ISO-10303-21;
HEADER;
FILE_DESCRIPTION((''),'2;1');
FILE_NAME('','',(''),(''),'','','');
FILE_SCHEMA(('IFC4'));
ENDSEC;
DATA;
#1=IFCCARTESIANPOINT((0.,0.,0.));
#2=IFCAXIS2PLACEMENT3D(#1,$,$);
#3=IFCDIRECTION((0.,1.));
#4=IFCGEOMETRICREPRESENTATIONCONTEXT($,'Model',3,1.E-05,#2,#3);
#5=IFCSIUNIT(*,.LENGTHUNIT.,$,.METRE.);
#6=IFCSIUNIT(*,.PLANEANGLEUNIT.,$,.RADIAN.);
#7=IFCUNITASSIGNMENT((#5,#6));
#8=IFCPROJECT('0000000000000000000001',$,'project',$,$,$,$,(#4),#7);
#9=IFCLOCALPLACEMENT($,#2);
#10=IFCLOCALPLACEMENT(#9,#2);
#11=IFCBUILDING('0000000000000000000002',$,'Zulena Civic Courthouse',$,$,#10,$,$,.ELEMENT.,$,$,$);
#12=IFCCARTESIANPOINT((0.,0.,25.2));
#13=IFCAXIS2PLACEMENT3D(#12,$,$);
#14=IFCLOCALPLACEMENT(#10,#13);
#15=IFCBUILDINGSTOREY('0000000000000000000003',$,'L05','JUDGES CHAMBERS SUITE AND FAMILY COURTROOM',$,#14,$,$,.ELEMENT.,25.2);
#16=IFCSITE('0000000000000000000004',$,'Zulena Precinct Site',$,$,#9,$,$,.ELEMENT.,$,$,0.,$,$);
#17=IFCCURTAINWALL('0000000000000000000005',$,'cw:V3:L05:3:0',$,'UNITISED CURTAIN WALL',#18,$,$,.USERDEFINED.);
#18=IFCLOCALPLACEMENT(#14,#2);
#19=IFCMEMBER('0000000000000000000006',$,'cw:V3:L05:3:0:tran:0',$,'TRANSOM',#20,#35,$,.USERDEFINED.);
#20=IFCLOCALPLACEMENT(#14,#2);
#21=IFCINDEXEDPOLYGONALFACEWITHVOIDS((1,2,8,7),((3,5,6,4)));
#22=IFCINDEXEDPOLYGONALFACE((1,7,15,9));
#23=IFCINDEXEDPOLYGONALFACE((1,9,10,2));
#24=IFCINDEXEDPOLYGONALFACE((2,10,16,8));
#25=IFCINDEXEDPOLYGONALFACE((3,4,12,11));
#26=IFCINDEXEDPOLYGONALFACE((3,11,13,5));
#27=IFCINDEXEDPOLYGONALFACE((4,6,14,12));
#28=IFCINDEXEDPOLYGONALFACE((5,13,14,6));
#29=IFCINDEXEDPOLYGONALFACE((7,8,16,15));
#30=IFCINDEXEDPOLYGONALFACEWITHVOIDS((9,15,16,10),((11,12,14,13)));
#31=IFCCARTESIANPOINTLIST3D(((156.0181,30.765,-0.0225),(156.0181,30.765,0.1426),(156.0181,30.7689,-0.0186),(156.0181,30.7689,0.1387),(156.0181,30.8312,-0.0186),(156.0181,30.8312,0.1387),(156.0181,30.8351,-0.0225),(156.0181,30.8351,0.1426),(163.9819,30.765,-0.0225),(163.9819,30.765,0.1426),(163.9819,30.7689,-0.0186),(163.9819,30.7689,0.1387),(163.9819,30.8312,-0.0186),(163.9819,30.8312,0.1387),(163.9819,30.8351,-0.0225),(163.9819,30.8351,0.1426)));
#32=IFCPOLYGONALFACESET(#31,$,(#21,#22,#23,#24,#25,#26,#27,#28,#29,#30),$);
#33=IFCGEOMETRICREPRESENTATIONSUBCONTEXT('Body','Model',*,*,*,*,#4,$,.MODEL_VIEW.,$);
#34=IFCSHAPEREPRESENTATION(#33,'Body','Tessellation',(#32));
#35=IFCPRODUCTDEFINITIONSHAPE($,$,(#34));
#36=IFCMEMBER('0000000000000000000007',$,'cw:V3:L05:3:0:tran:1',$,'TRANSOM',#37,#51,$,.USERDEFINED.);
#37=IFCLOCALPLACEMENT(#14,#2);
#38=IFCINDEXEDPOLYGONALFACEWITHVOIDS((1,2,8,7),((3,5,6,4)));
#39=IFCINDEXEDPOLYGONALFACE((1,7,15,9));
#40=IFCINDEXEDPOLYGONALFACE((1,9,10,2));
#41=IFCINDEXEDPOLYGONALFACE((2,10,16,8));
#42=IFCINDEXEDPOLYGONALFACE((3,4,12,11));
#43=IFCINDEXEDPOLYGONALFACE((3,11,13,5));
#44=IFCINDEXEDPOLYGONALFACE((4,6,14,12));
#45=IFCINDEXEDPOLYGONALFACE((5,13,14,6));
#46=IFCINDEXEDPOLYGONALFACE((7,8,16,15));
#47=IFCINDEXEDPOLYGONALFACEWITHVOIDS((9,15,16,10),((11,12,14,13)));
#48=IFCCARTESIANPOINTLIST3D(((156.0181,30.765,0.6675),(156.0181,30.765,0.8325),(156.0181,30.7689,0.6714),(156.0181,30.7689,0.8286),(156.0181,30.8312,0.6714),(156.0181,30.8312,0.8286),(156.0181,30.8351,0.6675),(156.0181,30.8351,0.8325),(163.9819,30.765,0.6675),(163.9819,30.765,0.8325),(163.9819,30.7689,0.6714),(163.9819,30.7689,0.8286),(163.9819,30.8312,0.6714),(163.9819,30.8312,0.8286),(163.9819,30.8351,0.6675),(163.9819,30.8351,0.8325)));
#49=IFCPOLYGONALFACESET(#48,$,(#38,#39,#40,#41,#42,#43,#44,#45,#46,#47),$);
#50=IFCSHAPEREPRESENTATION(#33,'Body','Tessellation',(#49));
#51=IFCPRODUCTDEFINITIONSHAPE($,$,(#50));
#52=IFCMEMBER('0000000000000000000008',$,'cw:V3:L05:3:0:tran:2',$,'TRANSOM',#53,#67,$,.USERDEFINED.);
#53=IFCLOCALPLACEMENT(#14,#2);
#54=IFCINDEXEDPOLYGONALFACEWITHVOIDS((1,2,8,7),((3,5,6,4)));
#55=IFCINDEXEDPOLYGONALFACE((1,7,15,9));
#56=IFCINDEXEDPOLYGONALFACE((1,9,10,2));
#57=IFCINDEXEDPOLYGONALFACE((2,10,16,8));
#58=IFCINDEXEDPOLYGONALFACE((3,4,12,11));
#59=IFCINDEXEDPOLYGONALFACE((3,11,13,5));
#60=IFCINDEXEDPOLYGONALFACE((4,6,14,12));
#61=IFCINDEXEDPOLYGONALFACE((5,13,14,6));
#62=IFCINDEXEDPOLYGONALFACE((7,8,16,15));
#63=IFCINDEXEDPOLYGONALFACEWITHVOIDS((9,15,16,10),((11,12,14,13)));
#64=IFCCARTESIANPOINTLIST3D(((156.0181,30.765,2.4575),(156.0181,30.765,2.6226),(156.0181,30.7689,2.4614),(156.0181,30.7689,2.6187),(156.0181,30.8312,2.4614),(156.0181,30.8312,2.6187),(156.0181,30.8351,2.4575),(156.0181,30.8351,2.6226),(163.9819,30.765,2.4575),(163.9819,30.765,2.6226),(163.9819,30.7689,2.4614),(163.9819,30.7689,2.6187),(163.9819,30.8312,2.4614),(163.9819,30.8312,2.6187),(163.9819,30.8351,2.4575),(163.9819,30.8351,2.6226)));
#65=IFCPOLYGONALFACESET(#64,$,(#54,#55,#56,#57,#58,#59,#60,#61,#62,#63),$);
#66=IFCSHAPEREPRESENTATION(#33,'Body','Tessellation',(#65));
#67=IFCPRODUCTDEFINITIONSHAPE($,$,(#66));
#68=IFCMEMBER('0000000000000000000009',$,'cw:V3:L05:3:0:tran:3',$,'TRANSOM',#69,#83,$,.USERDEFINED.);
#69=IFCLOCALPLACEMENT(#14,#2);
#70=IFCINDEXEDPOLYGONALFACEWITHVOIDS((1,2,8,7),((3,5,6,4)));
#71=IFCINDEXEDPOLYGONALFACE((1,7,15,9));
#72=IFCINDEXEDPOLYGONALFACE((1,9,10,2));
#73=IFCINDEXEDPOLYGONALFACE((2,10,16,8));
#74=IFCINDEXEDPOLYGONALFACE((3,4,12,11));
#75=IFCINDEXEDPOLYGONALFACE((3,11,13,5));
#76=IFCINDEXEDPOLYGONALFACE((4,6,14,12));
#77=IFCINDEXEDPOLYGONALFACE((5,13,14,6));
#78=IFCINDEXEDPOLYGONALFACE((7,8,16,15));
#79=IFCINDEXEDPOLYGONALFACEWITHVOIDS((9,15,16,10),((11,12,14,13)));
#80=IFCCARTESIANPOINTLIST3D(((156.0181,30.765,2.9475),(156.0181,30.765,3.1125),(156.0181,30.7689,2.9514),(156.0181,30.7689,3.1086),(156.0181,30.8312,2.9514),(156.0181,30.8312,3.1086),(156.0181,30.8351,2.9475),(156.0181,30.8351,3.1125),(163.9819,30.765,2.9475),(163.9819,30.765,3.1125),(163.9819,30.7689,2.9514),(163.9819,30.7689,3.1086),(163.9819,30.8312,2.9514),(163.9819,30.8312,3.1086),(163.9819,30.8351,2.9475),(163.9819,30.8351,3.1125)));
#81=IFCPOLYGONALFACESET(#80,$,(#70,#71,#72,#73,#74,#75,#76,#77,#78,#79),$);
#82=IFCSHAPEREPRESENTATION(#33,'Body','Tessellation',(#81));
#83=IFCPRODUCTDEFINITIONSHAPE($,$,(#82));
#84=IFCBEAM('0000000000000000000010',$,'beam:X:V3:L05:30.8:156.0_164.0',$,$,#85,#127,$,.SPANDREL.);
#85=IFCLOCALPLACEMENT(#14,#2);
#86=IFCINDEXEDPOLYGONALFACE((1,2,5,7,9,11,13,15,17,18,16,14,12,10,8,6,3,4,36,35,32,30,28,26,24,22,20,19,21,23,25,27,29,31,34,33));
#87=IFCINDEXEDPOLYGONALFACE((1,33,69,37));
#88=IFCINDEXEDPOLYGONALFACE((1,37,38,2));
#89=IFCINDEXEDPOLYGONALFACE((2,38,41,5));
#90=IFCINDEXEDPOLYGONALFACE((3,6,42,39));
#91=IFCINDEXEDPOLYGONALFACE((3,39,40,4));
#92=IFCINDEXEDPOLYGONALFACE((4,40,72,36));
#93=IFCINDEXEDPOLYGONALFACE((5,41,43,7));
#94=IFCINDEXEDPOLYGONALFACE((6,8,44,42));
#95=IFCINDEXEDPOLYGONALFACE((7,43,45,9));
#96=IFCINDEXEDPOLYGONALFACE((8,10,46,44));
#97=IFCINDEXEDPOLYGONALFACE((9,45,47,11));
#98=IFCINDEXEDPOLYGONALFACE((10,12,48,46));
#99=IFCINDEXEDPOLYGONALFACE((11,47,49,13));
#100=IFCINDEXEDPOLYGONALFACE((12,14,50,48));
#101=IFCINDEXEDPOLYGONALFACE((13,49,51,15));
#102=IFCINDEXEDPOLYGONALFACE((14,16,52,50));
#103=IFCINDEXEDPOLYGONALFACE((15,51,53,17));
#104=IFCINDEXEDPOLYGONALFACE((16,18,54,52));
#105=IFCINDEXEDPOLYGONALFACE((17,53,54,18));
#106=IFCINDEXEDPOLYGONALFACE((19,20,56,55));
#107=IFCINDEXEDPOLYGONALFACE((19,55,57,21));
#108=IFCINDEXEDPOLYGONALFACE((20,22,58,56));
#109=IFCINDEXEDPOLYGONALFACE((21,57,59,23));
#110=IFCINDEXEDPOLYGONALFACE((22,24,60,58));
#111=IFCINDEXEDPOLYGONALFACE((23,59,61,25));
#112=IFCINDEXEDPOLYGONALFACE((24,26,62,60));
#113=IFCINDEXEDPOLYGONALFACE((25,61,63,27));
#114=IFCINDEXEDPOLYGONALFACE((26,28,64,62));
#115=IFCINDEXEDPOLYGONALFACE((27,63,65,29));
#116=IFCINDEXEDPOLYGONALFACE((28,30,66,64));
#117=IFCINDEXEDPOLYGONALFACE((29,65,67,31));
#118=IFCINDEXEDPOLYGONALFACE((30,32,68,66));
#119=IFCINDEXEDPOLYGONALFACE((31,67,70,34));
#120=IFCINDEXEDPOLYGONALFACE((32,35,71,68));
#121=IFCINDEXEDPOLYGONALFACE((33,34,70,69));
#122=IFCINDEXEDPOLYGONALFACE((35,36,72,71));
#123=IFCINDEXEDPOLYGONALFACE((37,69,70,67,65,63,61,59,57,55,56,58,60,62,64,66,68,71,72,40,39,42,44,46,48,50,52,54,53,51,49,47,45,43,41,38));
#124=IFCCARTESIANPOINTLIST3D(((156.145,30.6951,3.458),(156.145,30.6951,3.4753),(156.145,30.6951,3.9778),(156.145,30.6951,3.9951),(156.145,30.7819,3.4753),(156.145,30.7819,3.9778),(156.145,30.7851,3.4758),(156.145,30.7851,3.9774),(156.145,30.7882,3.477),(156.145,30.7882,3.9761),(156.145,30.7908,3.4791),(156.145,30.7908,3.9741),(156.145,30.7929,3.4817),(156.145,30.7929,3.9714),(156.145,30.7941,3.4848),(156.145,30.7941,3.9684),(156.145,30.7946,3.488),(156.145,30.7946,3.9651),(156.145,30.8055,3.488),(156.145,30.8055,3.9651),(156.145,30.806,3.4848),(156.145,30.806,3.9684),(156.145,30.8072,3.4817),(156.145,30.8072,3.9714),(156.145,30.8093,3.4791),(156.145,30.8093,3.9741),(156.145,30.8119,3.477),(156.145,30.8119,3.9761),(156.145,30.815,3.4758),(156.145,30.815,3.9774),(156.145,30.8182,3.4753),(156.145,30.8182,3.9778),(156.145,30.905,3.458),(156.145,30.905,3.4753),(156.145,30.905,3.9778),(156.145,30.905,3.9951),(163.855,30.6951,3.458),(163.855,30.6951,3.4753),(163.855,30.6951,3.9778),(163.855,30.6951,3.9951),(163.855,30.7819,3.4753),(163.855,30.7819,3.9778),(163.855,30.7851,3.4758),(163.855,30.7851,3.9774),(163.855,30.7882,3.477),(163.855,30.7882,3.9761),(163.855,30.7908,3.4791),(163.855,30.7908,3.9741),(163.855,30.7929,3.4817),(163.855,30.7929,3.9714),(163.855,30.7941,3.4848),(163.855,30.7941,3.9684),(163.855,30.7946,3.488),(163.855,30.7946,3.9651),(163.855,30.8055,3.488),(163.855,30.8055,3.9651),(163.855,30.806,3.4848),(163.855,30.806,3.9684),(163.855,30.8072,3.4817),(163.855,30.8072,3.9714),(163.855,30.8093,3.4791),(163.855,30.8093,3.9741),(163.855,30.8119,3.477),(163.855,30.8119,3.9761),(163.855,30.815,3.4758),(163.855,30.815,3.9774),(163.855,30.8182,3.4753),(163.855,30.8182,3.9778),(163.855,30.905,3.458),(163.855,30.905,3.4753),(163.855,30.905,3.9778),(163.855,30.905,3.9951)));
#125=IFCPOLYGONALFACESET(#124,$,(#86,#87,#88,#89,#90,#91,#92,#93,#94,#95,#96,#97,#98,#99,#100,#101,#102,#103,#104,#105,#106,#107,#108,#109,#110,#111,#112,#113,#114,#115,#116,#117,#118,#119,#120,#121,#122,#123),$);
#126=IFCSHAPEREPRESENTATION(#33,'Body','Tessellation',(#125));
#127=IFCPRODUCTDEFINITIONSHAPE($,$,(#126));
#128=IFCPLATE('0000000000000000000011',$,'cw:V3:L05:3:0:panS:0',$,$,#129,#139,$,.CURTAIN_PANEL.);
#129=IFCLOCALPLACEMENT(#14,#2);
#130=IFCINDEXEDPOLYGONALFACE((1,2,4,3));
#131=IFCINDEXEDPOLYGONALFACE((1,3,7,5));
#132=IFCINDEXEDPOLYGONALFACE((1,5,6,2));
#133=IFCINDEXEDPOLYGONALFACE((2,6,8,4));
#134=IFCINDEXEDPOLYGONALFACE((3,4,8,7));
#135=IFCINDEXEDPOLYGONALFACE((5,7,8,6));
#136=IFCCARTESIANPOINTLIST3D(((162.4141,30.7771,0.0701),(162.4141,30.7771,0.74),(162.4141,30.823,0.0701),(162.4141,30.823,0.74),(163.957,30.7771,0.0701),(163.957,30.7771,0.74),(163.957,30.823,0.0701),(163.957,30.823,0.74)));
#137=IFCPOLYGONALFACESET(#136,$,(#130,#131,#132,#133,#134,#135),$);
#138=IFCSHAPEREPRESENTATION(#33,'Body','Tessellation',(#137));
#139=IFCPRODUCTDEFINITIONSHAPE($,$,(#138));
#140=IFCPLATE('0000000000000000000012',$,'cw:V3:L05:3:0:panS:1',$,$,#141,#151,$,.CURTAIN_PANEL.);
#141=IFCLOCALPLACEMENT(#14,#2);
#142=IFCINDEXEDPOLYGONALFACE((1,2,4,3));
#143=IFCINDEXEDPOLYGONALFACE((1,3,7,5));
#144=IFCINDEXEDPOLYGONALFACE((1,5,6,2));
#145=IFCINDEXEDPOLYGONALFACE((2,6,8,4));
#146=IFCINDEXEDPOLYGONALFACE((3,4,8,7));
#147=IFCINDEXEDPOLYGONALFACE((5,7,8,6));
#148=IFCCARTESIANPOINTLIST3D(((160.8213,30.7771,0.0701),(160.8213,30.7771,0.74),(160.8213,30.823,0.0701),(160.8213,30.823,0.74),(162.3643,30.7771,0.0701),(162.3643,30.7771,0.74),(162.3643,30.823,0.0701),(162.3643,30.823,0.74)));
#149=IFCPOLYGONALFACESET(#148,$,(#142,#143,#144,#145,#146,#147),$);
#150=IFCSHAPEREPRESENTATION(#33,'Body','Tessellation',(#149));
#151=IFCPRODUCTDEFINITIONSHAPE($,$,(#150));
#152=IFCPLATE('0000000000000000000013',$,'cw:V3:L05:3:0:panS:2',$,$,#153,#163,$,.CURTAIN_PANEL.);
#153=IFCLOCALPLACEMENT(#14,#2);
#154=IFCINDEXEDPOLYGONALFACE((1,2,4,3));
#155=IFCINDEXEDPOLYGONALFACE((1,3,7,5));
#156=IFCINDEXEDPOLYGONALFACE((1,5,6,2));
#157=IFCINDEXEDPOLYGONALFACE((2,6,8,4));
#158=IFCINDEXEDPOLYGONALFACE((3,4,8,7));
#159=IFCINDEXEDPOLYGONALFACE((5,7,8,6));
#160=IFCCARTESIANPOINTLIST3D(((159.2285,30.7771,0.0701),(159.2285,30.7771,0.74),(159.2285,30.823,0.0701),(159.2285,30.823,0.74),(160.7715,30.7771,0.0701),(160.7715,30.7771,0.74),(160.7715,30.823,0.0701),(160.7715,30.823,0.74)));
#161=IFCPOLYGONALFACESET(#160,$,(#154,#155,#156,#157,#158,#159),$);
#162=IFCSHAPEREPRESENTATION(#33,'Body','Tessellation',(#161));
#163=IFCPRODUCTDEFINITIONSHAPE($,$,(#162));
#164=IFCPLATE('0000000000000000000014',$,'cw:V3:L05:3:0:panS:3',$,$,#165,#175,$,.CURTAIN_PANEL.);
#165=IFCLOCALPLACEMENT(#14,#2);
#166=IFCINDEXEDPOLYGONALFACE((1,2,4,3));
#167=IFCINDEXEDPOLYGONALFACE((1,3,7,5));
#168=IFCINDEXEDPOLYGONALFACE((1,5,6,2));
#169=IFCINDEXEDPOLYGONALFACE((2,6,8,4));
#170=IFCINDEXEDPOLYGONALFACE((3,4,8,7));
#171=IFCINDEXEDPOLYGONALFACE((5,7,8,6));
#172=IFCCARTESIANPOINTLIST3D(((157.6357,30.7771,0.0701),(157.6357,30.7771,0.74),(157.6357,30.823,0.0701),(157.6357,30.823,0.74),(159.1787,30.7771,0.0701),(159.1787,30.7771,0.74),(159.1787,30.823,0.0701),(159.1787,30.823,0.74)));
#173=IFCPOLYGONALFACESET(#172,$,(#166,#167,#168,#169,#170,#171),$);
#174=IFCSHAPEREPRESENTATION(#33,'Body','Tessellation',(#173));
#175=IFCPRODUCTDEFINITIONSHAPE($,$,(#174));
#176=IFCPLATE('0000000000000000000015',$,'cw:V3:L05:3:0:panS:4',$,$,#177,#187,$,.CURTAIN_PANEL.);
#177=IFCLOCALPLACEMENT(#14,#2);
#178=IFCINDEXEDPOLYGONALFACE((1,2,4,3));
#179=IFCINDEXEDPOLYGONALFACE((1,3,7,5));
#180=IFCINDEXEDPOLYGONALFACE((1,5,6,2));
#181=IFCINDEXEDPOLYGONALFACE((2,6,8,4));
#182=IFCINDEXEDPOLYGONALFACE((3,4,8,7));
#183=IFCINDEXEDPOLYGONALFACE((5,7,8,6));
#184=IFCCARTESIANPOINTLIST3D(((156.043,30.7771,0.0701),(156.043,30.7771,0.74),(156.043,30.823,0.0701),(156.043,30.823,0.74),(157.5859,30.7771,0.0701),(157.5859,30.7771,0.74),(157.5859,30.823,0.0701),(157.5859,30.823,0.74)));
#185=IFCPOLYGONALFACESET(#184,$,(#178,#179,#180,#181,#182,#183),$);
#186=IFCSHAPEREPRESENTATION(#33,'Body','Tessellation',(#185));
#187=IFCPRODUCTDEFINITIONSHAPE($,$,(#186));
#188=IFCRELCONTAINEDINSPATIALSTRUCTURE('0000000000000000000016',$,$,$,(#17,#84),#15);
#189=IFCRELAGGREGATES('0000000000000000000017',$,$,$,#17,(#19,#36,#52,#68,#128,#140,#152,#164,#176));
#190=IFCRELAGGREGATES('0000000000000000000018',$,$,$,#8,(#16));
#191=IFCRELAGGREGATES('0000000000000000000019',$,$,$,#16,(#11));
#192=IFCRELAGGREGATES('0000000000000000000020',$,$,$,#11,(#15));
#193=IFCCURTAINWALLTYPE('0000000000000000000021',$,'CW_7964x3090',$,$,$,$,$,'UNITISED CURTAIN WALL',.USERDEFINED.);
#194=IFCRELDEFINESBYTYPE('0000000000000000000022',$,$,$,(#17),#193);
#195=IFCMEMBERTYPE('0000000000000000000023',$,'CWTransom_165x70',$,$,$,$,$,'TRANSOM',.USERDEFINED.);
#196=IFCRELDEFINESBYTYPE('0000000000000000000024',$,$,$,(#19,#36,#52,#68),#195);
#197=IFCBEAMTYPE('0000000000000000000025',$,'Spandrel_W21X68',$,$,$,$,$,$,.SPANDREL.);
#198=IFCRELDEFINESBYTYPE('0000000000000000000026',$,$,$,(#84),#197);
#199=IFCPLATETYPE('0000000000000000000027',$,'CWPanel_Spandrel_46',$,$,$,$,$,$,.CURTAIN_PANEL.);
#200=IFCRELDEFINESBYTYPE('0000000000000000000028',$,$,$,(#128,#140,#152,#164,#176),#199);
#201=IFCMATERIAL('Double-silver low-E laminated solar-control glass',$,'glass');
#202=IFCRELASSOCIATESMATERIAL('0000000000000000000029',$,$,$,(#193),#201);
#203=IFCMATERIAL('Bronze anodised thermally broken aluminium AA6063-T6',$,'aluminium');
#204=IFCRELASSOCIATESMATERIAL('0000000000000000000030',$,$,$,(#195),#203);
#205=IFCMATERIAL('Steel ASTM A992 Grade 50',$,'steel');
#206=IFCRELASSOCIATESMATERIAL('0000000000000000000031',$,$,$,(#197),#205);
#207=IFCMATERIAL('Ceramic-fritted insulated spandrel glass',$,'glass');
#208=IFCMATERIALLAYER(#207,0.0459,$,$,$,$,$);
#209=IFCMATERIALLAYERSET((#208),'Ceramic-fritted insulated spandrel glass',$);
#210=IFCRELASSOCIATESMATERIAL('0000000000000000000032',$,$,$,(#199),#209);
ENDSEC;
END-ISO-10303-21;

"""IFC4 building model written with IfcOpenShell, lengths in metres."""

from ifc_helpers import new_model, si_unit, direction, frame, origin, origin_2d, place, context, subcontext, project, spatial, rectangle, hollow_rectangle, i_section, extrude, material, layer, layer_set, material_profile, profile_set, type_object, element, aggregate, save


model = new_model("IFC4")

# Units and contexts
model_context = context("Model", 3, precision=1e-05, world=origin(), true_north=direction((0.0, 1.0)))
body_context = subcontext(model_context, "Body", "Model", "MODEL_VIEW")
ifc_project = project(units=[si_unit("LENGTHUNIT", "METRE"), si_unit("PLANEANGLEUNIT", "RADIAN")], contexts=[model_context])

# Site, building, storey
site_placement = place(None, origin())
site = spatial("IfcSite", under=ifc_project, at=site_placement, Name="Zulena Precinct Site", CompositionType="ELEMENT", RefElevation=0.0)
building_placement = place(site_placement, origin())
building = spatial("IfcBuilding", under=site, at=building_placement, Name="Zulena Civic Courthouse", CompositionType="ELEMENT")
storey_placement = place(building_placement, frame((0.0, 0.0, 25.2)))
storey = spatial("IfcBuildingStorey", under=building, at=storey_placement, Name="L05", Description="JUDGES CHAMBERS SUITE AND FAMILY COURTROOM", CompositionType="ELEMENT", Elevation=25.2)

# Shared definitions
ifc_material_1 = material(Name="Steel ASTM A992 Grade 50", Category="steel")

# Curtain wall, members
ifc_material_2 = material(Name="Double-silver low-E laminated solar-control glass", Category="glass")
curtain_wall_type = type_object("IfcCurtainWallType", Name="CW_7964x3090", ElementType="UNITISED CURTAIN WALL", PredefinedType="USERDEFINED", material=ifc_material_2)
curtain_wall_placement = place(storey_placement, origin())
curtain_wall = element("IfcCurtainWall", 1, at=curtain_wall_placement, inside=storey, type_object=curtain_wall_type, Name="cw:V3:L05:3:0", ObjectType="UNITISED CURTAIN WALL", PredefinedType="USERDEFINED")
ifc_material_3 = material(Name="Bronze anodised thermally broken aluminium AA6063-T6", Category="aluminium")
ifc_material_profile_1 = material_profile(ifc_material_3, hollow_rectangle(XDim=0.0701, YDim=0.165, WallThickness=0.0039, at=origin_2d()), Name="CWT165X70X4")
ifc_profile_set_1 = profile_set([ifc_material_profile_1], Name="Bronze anodised thermally broken aluminium AA6063-T6")
member_type_1 = type_object("IfcMemberType", Name="CWTransom_165x70", ElementType="TRANSOM", PredefinedType="USERDEFINED", material=ifc_profile_set_1)
member_1_placement = place(storey_placement, frame((163.9819, 30.8, 0.0601), z_axis=(-1.0, 0.0, 0.0), x_axis=(0.0, -1.0, 0.0)))
member_1 = element("IfcMember", 2, at=member_1_placement, type_object=member_type_1, Name="cw:V3:L05:3:0:tran:0", ObjectType="TRANSOM", PredefinedType="USERDEFINED", context=body_context, shape_type="SweptSolid", body=[
    extrude(hollow_rectangle(XDim=0.0701, YDim=0.165, WallThickness=0.0039, at=origin_2d()), origin(), (0.0, 0.0, 1.0), 7.9639),
])
member_2_placement = place(storey_placement, frame((163.9819, 30.8, 0.75), z_axis=(-1.0, 0.0, 0.0), x_axis=(0.0, -1.0, 0.0)))
member_2 = element("IfcMember", 3, at=member_2_placement, type_object=member_type_1, Name="cw:V3:L05:3:0:tran:1", ObjectType="TRANSOM", PredefinedType="USERDEFINED", context=body_context, shape_type="SweptSolid", body=[
    extrude(hollow_rectangle(XDim=0.0701, YDim=0.165, WallThickness=0.0039, at=origin_2d()), origin(), (0.0, 0.0, 1.0), 7.9639),
])
member_3_placement = place(storey_placement, frame((163.9819, 30.8, 2.54), z_axis=(-1.0, 0.0, 0.0), x_axis=(0.0, -1.0, 0.0)))
member_3 = element("IfcMember", 4, at=member_3_placement, type_object=member_type_1, Name="cw:V3:L05:3:0:tran:2", ObjectType="TRANSOM", PredefinedType="USERDEFINED", context=body_context, shape_type="SweptSolid", body=[
    extrude(hollow_rectangle(XDim=0.0701, YDim=0.165, WallThickness=0.0039, at=origin_2d()), origin(), (0.0, 0.0, 1.0), 7.9639),
])
member_4_placement = place(storey_placement, frame((163.9819, 30.8, 3.03), z_axis=(-1.0, 0.0, 0.0), x_axis=(0.0, -1.0, 0.0)))
member_4 = element("IfcMember", 5, at=member_4_placement, type_object=member_type_1, Name="cw:V3:L05:3:0:tran:3", ObjectType="TRANSOM", PredefinedType="USERDEFINED", context=body_context, shape_type="SweptSolid", body=[
    extrude(hollow_rectangle(XDim=0.0701, YDim=0.165, WallThickness=0.0039, at=origin_2d()), origin(), (0.0, 0.0, 1.0), 7.9639),
])

# Beam
ifc_material_profile_2 = material_profile(ifc_material_1, i_section(OverallWidth=0.21, OverallDepth=0.5371, WebThickness=0.011, FlangeThickness=0.0173, FilletRadius=0.0127, at=origin_2d()), Name="W21X68")
ifc_profile_set_2 = profile_set([ifc_material_profile_2], Name="Steel ASTM A992 Grade 50")
beam_type = type_object("IfcBeamType", Name="Spandrel_W21X68", PredefinedType="SPANDREL", material=ifc_profile_set_2)
beam_placement = place(storey_placement, frame((156.145, 30.8, 3.7266), z_axis=(1.0, 0.0, 0.0), x_axis=(0.0, 1.0, 0.0)))
element("IfcBeam", 6, at=beam_placement, inside=storey, type_object=beam_type, Name="beam:X:V3:L05:30.8:156.0_164.0", PredefinedType="SPANDREL", context=body_context, shape_type="SweptSolid", body=[
    extrude(i_section(OverallWidth=0.21, OverallDepth=0.5371, WebThickness=0.011, FlangeThickness=0.0173, FilletRadius=0.0127, at=origin_2d()), origin(), (0.0, 0.0, 1.0), 7.71),
])

# Plates
ifc_material_4 = material(Name="Ceramic-fritted insulated spandrel glass", Category="glass")
ifc_layer_1 = layer(ifc_material_4, 0.0459)
ifc_layer_set_1 = layer_set([ifc_layer_1], Name="Ceramic-fritted insulated spandrel glass")
plate_type_1 = type_object("IfcPlateType", Name="CWPanel_Spandrel_46", PredefinedType="CURTAIN_PANEL", material=ifc_layer_set_1)
plate_1_placement = place(storey_placement, frame((163.1855, 30.8, 0.0701), z_axis=(0.0, 0.0, 1.0), x_axis=(-1.0, 0.0, 0.0)))
plate_1 = element("IfcPlate", 7, at=plate_1_placement, type_object=plate_type_1, Name="cw:V3:L05:3:0:panS:0", PredefinedType="CURTAIN_PANEL", context=body_context, shape_type="SweptSolid", body=[
    extrude(rectangle(XDim=1.543, YDim=0.0459, at=origin_2d()), origin(), (0.0, 0.0, 1.0), 0.6699),
])
plate_2_placement = place(storey_placement, frame((161.5928, 30.8, 0.0701), z_axis=(0.0, 0.0, 1.0), x_axis=(-1.0, 0.0, 0.0)))
plate_2 = element("IfcPlate", 8, at=plate_2_placement, type_object=plate_type_1, Name="cw:V3:L05:3:0:panS:1", PredefinedType="CURTAIN_PANEL", context=body_context, shape_type="SweptSolid", body=[
    extrude(rectangle(XDim=1.543, YDim=0.0459, at=origin_2d()), origin(), (0.0, 0.0, 1.0), 0.6699),
])
plate_3_placement = place(storey_placement, frame((160.0, 30.8, 0.0701), z_axis=(0.0, 0.0, 1.0), x_axis=(-1.0, 0.0, 0.0)))
plate_3 = element("IfcPlate", 9, at=plate_3_placement, type_object=plate_type_1, Name="cw:V3:L05:3:0:panS:2", PredefinedType="CURTAIN_PANEL", context=body_context, shape_type="SweptSolid", body=[
    extrude(rectangle(XDim=1.543, YDim=0.0459, at=origin_2d()), origin(), (0.0, 0.0, 1.0), 0.6699),
])
plate_4_placement = place(storey_placement, frame((158.4072, 30.8, 0.0701), z_axis=(0.0, 0.0, 1.0), x_axis=(-1.0, 0.0, 0.0)))
plate_4 = element("IfcPlate", 10, at=plate_4_placement, type_object=plate_type_1, Name="cw:V3:L05:3:0:panS:3", PredefinedType="CURTAIN_PANEL", context=body_context, shape_type="SweptSolid", body=[
    extrude(rectangle(XDim=1.543, YDim=0.0459, at=origin_2d()), origin(), (0.0, 0.0, 1.0), 0.6699),
])
plate_5_placement = place(storey_placement, frame((156.8145, 30.8, 0.0701), z_axis=(0.0, 0.0, 1.0), x_axis=(-1.0, 0.0, 0.0)))
plate_5 = element("IfcPlate", 11, at=plate_5_placement, type_object=plate_type_1, Name="cw:V3:L05:3:0:panS:4", PredefinedType="CURTAIN_PANEL", context=body_context, shape_type="SweptSolid", body=[
    extrude(rectangle(XDim=1.543, YDim=0.0459, at=origin_2d()), origin(), (0.0, 0.0, 1.0), 0.6699),
])
aggregate(curtain_wall, [member_1, member_2, member_3, member_4, plate_1, plate_2, plate_3, plate_4, plate_5])

save(model, "model.ifc")
